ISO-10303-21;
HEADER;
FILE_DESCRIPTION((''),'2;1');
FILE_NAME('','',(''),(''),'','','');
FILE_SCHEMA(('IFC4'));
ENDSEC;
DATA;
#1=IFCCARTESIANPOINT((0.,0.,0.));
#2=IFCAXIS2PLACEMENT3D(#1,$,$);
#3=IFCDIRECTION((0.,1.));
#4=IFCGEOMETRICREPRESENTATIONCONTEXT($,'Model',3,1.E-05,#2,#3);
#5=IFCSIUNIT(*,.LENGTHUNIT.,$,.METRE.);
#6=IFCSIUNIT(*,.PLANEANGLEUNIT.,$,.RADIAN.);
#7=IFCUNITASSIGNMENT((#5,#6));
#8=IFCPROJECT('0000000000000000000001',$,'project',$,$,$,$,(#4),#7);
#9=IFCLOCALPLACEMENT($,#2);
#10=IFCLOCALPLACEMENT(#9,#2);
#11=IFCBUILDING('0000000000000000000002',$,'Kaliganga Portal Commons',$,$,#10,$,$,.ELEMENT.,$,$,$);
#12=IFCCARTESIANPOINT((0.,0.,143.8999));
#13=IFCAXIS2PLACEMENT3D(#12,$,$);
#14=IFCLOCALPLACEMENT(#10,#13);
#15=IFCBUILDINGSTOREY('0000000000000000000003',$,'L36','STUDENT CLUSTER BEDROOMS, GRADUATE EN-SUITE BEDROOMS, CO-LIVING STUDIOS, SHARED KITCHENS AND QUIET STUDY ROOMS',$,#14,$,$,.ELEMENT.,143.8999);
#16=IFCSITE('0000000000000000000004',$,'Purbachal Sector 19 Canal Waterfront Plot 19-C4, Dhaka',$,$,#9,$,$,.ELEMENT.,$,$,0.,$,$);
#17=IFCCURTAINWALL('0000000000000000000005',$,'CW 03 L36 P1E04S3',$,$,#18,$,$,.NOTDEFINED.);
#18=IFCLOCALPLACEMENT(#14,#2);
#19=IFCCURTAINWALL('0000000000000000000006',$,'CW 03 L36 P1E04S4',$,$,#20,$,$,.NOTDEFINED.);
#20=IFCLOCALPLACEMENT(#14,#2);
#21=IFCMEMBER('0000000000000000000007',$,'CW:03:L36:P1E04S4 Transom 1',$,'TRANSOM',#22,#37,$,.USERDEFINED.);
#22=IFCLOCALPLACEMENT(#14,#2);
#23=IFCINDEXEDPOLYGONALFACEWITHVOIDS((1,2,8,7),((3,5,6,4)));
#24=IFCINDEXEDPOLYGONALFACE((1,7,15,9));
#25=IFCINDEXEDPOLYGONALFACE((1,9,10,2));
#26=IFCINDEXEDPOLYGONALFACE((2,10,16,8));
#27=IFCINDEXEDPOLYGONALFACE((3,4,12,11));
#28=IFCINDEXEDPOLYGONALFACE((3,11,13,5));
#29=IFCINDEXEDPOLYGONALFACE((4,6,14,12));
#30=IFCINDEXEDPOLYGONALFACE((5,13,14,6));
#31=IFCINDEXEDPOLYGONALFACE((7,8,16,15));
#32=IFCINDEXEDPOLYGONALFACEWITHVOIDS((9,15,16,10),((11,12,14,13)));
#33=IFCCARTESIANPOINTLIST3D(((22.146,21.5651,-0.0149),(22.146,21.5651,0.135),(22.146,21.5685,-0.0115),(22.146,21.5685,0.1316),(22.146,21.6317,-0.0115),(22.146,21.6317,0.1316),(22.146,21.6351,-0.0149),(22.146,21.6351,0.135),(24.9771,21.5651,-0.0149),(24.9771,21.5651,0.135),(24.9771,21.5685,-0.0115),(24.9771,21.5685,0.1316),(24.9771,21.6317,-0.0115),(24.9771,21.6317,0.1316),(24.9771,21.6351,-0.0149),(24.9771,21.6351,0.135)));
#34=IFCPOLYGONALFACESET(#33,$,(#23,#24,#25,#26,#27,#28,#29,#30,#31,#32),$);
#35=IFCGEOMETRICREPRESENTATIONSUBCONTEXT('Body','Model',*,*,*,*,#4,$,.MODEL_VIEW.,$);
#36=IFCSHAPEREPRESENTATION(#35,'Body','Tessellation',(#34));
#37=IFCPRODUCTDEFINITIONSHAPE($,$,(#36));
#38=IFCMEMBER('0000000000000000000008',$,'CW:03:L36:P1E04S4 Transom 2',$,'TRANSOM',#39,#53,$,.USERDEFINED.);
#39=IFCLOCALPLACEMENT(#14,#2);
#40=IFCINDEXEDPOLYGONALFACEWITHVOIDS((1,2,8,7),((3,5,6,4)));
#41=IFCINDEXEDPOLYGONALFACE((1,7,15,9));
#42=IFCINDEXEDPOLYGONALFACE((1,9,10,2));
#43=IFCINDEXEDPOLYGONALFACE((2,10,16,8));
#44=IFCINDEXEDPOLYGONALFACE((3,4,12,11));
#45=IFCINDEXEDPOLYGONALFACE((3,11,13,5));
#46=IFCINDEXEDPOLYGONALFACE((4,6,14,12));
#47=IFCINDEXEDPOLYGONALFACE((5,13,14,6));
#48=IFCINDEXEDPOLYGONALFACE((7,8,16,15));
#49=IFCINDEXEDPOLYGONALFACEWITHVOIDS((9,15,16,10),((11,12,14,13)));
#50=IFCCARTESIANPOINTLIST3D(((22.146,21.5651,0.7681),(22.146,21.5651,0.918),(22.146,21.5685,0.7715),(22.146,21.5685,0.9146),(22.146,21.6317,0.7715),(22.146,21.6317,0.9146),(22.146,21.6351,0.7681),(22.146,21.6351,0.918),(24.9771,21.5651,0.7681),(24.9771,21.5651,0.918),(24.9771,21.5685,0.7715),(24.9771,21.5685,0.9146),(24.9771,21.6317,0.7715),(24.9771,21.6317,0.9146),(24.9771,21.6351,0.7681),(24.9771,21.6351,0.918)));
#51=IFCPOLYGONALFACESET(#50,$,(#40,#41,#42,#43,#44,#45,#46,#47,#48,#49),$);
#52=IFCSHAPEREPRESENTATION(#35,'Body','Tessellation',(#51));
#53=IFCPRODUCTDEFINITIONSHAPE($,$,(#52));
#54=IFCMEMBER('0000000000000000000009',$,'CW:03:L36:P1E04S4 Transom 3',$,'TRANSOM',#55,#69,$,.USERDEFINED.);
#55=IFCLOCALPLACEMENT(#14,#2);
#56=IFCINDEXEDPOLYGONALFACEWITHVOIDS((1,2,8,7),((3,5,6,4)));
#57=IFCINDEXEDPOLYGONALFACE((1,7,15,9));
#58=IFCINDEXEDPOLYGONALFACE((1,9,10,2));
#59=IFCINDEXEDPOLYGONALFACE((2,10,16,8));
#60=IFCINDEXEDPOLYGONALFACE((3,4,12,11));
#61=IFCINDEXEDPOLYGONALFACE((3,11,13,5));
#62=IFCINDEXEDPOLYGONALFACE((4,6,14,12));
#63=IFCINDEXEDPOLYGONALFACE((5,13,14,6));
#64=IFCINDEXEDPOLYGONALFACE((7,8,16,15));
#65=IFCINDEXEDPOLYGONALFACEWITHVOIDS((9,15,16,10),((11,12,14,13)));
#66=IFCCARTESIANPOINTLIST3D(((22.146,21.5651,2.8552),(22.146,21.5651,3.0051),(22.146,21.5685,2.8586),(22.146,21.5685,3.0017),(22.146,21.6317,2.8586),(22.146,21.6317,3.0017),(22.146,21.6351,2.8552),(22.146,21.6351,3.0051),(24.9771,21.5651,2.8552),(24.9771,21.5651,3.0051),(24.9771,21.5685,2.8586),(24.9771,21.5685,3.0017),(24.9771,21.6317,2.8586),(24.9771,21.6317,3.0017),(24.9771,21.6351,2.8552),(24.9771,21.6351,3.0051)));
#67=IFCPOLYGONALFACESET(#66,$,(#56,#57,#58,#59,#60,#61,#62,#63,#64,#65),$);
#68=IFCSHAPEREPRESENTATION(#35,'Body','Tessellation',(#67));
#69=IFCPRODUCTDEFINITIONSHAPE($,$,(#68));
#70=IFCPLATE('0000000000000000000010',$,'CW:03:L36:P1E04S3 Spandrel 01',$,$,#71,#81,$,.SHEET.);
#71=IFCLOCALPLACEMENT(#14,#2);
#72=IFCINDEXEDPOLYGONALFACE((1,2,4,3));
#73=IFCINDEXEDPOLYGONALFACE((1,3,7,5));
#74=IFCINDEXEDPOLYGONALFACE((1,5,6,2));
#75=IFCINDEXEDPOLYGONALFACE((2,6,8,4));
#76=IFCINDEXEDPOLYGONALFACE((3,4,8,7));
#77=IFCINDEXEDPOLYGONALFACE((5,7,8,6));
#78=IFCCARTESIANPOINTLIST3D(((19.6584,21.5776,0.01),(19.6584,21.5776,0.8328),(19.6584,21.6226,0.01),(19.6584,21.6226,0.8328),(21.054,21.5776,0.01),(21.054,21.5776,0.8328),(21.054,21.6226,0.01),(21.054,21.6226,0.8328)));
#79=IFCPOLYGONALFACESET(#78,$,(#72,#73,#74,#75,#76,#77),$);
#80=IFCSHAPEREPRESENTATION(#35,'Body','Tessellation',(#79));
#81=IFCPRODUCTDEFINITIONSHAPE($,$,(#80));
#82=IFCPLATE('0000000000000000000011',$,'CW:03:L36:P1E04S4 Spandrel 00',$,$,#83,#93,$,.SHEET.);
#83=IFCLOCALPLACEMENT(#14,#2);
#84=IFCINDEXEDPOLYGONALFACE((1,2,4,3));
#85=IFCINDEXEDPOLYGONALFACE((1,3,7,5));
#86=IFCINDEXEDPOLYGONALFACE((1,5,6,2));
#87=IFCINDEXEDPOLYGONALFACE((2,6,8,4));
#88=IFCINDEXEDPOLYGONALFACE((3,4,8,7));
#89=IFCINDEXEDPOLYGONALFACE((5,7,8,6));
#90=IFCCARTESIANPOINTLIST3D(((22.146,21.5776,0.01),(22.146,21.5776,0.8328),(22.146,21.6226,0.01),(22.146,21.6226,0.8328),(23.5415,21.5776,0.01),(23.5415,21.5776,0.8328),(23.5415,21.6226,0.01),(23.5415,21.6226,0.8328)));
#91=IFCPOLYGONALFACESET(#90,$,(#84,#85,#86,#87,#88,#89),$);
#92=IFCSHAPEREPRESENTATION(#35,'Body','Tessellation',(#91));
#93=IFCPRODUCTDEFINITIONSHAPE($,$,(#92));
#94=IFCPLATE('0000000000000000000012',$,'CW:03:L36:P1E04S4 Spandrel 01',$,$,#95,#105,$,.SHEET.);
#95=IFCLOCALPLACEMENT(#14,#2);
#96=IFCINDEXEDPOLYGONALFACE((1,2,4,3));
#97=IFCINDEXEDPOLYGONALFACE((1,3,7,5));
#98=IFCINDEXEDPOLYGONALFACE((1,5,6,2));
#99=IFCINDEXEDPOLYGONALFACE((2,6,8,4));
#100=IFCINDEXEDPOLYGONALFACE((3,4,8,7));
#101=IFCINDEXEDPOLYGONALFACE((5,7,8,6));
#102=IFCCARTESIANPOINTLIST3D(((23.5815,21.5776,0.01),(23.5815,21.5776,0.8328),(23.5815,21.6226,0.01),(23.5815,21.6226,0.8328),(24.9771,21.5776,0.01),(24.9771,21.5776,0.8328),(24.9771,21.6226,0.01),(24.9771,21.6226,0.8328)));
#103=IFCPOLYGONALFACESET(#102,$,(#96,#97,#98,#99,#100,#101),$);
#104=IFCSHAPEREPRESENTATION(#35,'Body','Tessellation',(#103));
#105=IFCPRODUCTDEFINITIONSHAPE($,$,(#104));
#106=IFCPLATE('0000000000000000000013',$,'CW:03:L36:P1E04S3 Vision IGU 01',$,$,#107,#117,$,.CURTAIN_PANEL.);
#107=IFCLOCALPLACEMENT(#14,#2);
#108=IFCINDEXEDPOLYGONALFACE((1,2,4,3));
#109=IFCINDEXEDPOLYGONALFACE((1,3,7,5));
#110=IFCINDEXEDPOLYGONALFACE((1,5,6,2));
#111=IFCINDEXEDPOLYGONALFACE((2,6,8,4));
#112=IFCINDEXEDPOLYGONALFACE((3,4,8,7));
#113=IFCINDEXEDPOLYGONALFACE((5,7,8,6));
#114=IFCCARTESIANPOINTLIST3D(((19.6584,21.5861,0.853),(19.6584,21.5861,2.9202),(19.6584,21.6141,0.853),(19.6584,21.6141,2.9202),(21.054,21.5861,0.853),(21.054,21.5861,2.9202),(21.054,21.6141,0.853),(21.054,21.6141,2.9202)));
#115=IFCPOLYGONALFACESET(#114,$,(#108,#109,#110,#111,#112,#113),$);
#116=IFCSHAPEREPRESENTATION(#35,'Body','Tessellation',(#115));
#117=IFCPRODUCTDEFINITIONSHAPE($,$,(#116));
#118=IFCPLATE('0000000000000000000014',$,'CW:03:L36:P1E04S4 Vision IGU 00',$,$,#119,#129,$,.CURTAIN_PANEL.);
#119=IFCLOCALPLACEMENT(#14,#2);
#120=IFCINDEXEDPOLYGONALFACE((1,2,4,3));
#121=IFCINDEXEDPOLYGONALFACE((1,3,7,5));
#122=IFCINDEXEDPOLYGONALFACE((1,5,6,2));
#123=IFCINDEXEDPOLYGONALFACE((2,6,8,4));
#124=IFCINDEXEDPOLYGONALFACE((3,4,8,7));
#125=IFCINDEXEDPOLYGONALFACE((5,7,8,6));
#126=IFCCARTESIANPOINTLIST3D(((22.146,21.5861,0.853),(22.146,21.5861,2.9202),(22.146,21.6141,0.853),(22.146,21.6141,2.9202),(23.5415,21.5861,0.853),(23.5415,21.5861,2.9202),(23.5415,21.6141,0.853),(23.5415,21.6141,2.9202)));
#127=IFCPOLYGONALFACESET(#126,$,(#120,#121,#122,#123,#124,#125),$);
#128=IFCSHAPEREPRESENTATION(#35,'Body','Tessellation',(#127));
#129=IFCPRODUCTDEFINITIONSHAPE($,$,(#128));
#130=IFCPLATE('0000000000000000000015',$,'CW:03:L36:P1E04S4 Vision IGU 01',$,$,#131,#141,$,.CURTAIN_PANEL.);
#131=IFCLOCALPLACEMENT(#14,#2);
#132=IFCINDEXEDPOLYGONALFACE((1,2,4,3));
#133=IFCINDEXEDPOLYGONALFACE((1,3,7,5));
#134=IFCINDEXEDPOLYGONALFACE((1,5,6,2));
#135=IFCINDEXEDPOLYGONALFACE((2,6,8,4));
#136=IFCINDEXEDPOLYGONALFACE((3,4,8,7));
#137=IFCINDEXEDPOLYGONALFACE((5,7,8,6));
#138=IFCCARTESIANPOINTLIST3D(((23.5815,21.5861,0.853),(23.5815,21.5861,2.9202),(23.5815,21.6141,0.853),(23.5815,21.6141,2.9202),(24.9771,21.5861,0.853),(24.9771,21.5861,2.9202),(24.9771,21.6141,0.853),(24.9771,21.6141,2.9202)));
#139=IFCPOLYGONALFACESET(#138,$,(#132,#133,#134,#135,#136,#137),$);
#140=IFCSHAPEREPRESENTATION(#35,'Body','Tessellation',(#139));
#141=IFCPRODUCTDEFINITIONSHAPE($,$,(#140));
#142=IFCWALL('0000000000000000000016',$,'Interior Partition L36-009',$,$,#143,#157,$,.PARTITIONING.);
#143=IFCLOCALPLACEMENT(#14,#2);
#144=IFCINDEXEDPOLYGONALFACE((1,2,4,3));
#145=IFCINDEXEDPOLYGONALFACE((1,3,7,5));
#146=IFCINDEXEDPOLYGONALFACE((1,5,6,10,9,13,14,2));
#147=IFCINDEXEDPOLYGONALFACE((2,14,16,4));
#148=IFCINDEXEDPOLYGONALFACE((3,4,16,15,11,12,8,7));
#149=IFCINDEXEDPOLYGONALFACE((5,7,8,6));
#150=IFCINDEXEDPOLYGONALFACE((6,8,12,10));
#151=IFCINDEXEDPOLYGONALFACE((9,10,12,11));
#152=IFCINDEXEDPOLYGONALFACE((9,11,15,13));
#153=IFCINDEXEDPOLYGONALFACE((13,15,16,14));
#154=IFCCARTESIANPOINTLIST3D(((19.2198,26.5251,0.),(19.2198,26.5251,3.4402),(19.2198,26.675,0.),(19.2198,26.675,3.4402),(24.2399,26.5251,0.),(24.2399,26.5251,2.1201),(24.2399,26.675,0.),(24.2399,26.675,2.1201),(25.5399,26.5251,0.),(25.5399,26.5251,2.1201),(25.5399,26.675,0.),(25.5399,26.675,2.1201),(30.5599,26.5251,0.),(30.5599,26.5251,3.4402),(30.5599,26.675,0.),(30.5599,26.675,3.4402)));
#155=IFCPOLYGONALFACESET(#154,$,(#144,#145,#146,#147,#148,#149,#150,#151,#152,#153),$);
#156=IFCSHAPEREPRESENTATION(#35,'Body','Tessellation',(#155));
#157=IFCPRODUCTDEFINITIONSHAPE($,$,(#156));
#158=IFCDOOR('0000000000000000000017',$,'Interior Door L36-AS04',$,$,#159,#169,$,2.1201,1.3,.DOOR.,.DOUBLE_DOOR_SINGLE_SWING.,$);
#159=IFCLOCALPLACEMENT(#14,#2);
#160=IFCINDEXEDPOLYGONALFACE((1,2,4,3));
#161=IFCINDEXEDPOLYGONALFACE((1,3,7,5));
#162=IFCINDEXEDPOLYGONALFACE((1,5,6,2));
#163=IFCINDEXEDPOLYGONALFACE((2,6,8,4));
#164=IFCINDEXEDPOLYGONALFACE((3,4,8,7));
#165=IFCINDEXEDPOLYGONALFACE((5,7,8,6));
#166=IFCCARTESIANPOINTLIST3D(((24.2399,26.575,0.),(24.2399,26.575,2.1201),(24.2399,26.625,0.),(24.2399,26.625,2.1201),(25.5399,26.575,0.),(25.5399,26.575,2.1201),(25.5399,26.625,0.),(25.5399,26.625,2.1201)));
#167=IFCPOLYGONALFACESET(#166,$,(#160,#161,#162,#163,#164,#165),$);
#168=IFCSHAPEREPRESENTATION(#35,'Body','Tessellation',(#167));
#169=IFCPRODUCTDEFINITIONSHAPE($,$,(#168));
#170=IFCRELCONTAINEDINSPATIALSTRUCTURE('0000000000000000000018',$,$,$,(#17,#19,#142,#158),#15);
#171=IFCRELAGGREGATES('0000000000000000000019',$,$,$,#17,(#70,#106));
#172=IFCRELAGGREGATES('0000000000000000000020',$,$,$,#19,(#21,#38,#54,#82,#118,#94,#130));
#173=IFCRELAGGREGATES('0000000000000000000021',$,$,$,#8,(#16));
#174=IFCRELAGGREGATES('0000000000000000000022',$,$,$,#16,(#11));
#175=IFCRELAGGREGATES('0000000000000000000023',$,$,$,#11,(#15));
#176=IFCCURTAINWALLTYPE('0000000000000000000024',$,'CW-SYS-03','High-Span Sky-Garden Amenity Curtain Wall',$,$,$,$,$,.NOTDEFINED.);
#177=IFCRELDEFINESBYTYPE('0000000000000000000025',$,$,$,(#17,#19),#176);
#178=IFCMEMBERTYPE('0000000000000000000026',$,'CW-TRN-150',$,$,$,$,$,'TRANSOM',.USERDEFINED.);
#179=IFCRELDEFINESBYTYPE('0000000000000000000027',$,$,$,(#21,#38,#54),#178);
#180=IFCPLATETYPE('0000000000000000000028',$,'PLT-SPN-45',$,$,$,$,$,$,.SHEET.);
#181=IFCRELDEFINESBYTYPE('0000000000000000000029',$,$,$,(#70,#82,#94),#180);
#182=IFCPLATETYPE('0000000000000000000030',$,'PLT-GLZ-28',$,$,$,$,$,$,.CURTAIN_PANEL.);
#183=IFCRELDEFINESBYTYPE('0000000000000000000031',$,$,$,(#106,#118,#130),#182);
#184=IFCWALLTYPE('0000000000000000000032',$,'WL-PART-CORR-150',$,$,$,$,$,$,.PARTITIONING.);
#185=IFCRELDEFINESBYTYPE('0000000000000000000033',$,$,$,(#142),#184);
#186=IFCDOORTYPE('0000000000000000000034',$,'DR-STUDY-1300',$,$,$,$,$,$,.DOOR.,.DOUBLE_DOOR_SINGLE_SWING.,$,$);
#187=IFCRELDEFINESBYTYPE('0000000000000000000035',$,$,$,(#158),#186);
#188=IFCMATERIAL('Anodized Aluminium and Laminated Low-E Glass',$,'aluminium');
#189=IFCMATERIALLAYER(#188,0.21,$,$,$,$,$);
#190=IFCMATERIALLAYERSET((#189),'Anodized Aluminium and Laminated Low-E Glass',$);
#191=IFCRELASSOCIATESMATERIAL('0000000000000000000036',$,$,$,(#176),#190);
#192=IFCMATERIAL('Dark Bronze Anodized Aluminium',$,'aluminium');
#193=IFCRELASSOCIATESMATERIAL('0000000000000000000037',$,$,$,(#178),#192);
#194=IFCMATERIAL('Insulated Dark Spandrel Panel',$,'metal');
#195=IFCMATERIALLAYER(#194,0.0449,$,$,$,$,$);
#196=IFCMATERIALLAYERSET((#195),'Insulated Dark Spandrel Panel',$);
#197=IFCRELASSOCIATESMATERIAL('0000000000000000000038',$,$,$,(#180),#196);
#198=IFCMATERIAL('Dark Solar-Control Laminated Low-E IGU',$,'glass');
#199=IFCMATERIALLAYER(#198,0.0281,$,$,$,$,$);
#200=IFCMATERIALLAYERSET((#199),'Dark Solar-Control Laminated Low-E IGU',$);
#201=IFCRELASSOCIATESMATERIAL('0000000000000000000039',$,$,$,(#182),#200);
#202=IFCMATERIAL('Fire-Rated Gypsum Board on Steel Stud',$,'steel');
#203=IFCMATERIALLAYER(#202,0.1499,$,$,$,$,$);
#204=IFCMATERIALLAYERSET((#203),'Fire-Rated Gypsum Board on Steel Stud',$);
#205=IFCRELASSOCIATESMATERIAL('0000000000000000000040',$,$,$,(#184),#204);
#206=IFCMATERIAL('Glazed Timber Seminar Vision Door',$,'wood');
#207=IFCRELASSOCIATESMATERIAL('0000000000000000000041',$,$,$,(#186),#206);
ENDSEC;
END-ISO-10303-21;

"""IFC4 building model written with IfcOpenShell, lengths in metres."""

from ifc_helpers import new_model, si_unit, direction, frame, frame_2d, origin, origin_2d, place, context, subcontext, project, spatial, rectangle, hollow_rectangle, extrude, source, transform, mapped, material, layer, layer_set, material_profile, profile_set, type_object, element, fill, aggregate, save


model = new_model("IFC4")

# Units and contexts
model_context = context("Model", 3, precision=1e-05, world=origin(), true_north=direction((0.0, 1.0)))
body_context = subcontext(model_context, "Body", "Model", "MODEL_VIEW")
ifc_project = project(units=[si_unit("LENGTHUNIT", "METRE"), si_unit("PLANEANGLEUNIT", "RADIAN")], contexts=[model_context])

# Site, building, storey
site_placement = place(None, origin())
site = spatial("IfcSite", under=ifc_project, at=site_placement, Name="Purbachal Sector 19 Canal Waterfront Plot 19-C4, Dhaka", CompositionType="ELEMENT", RefElevation=0.0)
building_placement = place(site_placement, origin())
building = spatial("IfcBuilding", under=site, at=building_placement, Name="Kaliganga Portal Commons", CompositionType="ELEMENT")
storey_placement = place(building_placement, frame((0.0, 0.0, 143.8999)))
storey = spatial("IfcBuildingStorey", under=building, at=storey_placement, Name="L36", Description="STUDENT CLUSTER BEDROOMS, GRADUATE EN-SUITE BEDROOMS, CO-LIVING STUDIOS, SHARED KITCHENS AND QUIET STUDY ROOMS", CompositionType="ELEMENT", Elevation=143.8999)

# Curtain walls, members
ifc_material_1 = material(Name="Anodized Aluminium and Laminated Low-E Glass", Category="aluminium")
ifc_layer_1 = layer(ifc_material_1, 0.21)
ifc_layer_set_1 = layer_set([ifc_layer_1], Name="Anodized Aluminium and Laminated Low-E Glass")
curtain_wall_type = type_object("IfcCurtainWallType", Name="CW-SYS-03", Description="High-Span Sky-Garden Amenity Curtain Wall", PredefinedType="NOTDEFINED", material=ifc_layer_set_1)
curtain_wall_1_placement = place(storey_placement, origin())
curtain_wall_1 = element("IfcCurtainWall", 1, at=curtain_wall_1_placement, inside=storey, type_object=curtain_wall_type, Name="CW 03 L36 P1E04S3", PredefinedType="NOTDEFINED")
ifc_material_2 = material(Name="Dark Bronze Anodized Aluminium", Category="aluminium")
curtain_wall_2_placement = place(storey_placement, origin())
curtain_wall_2 = element("IfcCurtainWall", 2, at=curtain_wall_2_placement, inside=storey, type_object=curtain_wall_type, Name="CW 03 L36 P1E04S4", PredefinedType="NOTDEFINED")
ifc_material_profile_1 = material_profile(ifc_material_2, hollow_rectangle(XDim=0.0701, YDim=0.1499, WallThickness=0.0034, at=origin_2d()), Name="ALU TRAN 70x150x3.5")
ifc_profile_set_1 = profile_set([ifc_material_profile_1], Name="Dark Bronze Anodized Aluminium")
member_type_1 = type_object("IfcMemberType", Name="CW-TRN-150", ElementType="TRANSOM", PredefinedType="USERDEFINED", material=ifc_profile_set_1)
shared_shape_1 = source(origin(), body_context, "Body", "SweptSolid", [
    extrude(hollow_rectangle(XDim=0.0701, YDim=0.1499, WallThickness=0.0034, at=origin_2d()), origin(), (0.0, 0.0, 1.0), 2.8311),
])
member_1_placement = place(storey_placement, frame((22.146, 21.6001, 0.0601), z_axis=(1.0, 0.0, 0.0), x_axis=(0.0, 1.0, 0.0)))
member_1 = element("IfcMember", 3, at=member_1_placement, type_object=member_type_1, Name="CW:03:L36:P1E04S4 Transom 1", ObjectType="TRANSOM", PredefinedType="USERDEFINED", context=body_context, shape_type="MappedRepresentation", body=[
    mapped(shared_shape_1, transform((0.0, 0.0, 0.0), x_axis=(1.0, 0.0, 0.0), y_axis=(0.0, 1.0, 0.0), z_axis=(0.0, 0.0, 1.0), scale=1.0)),
])
member_2_placement = place(storey_placement, frame((22.146, 21.6001, 0.843), z_axis=(1.0, 0.0, 0.0), x_axis=(0.0, 1.0, 0.0)))
member_2 = element("IfcMember", 4, at=member_2_placement, type_object=member_type_1, Name="CW:03:L36:P1E04S4 Transom 2", ObjectType="TRANSOM", PredefinedType="USERDEFINED", context=body_context, shape_type="MappedRepresentation", body=[
    mapped(shared_shape_1, transform((0.0, 0.0, 0.0), x_axis=(1.0, 0.0, 0.0), y_axis=(0.0, 1.0, 0.0), z_axis=(0.0, 0.0, 1.0), scale=1.0)),
])
member_3_placement = place(storey_placement, frame((22.146, 21.6001, 2.9302), z_axis=(1.0, 0.0, 0.0), x_axis=(0.0, 1.0, 0.0)))
member_3 = element("IfcMember", 5, at=member_3_placement, type_object=member_type_1, Name="CW:03:L36:P1E04S4 Transom 3", ObjectType="TRANSOM", PredefinedType="USERDEFINED", context=body_context, shape_type="MappedRepresentation", body=[
    mapped(shared_shape_1, transform((0.0, 0.0, 0.0), x_axis=(1.0, 0.0, 0.0), y_axis=(0.0, 1.0, 0.0), z_axis=(0.0, 0.0, 1.0), scale=1.0)),
])

# Plates
ifc_material_3 = material(Name="Insulated Dark Spandrel Panel", Category="metal")
ifc_layer_2 = layer(ifc_material_3, 0.0449)
ifc_layer_set_2 = layer_set([ifc_layer_2], Name="Insulated Dark Spandrel Panel")
plate_type_1 = type_object("IfcPlateType", Name="PLT-SPN-45", PredefinedType="SHEET", material=ifc_layer_set_2)
shared_shape_2 = source(origin(), body_context, "Body", "SweptSolid", [
    extrude(rectangle(XDim=1.3955, YDim=0.0449, at=origin_2d()), origin(), (0.0, 0.0, 1.0), 0.8228),
])
plate_1_placement = place(storey_placement, frame((20.3562, 21.6001, 0.01), z_axis=(0.0, 0.0, 1.0), x_axis=(1.0, 0.0, 0.0)))
plate_1 = element("IfcPlate", 6, at=plate_1_placement, type_object=plate_type_1, Name="CW:03:L36:P1E04S3 Spandrel 01", PredefinedType="SHEET", context=body_context, shape_type="MappedRepresentation", body=[
    mapped(shared_shape_2, transform((0.0, 0.0, 0.0), x_axis=(1.0, 0.0, 0.0), y_axis=(0.0, 1.0, 0.0), z_axis=(0.0, 0.0, 1.0), scale=1.0)),
])
plate_2_placement = place(storey_placement, frame((22.8438, 21.6001, 0.01), z_axis=(0.0, 0.0, 1.0), x_axis=(1.0, 0.0, 0.0)))
plate_2 = element("IfcPlate", 7, at=plate_2_placement, type_object=plate_type_1, Name="CW:03:L36:P1E04S4 Spandrel 00", PredefinedType="SHEET", context=body_context, shape_type="MappedRepresentation", body=[
    mapped(shared_shape_2, transform((0.0, 0.0, 0.0), x_axis=(1.0, 0.0, 0.0), y_axis=(0.0, 1.0, 0.0), z_axis=(0.0, 0.0, 1.0), scale=1.0)),
])
plate_3_placement = place(storey_placement, frame((24.2793, 21.6001, 0.01), z_axis=(0.0, 0.0, 1.0), x_axis=(1.0, 0.0, 0.0)))
plate_3 = element("IfcPlate", 8, at=plate_3_placement, type_object=plate_type_1, Name="CW:03:L36:P1E04S4 Spandrel 01", PredefinedType="SHEET", context=body_context, shape_type="MappedRepresentation", body=[
    mapped(shared_shape_2, transform((0.0, 0.0, 0.0), x_axis=(1.0, 0.0, 0.0), y_axis=(0.0, 1.0, 0.0), z_axis=(0.0, 0.0, 1.0), scale=1.0)),
])
ifc_material_4 = material(Name="Dark Solar-Control Laminated Low-E IGU", Category="glass")
ifc_layer_3 = layer(ifc_material_4, 0.0281)
ifc_layer_set_3 = layer_set([ifc_layer_3], Name="Dark Solar-Control Laminated Low-E IGU")
plate_type_2 = type_object("IfcPlateType", Name="PLT-GLZ-28", PredefinedType="CURTAIN_PANEL", material=ifc_layer_set_3)
shared_shape_3 = source(origin(), body_context, "Body", "SweptSolid", [
    extrude(rectangle(XDim=1.3955, YDim=0.0281, at=origin_2d()), origin(), (0.0, 0.0, 1.0), 2.0671),
])
plate_4_placement = place(storey_placement, frame((20.3562, 21.6001, 0.853), z_axis=(0.0, 0.0, 1.0), x_axis=(1.0, 0.0, 0.0)))
plate_4 = element("IfcPlate", 9, at=plate_4_placement, type_object=plate_type_2, Name="CW:03:L36:P1E04S3 Vision IGU 01", PredefinedType="CURTAIN_PANEL", context=body_context, shape_type="MappedRepresentation", body=[
    mapped(shared_shape_3, transform((0.0, 0.0, 0.0), x_axis=(1.0, 0.0, 0.0), y_axis=(0.0, 1.0, 0.0), z_axis=(0.0, 0.0, 1.0), scale=1.0)),
])
aggregate(curtain_wall_1, [plate_1, plate_4])
plate_5_placement = place(storey_placement, frame((22.8438, 21.6001, 0.853), z_axis=(0.0, 0.0, 1.0), x_axis=(1.0, 0.0, 0.0)))
plate_5 = element("IfcPlate", 10, at=plate_5_placement, type_object=plate_type_2, Name="CW:03:L36:P1E04S4 Vision IGU 00", PredefinedType="CURTAIN_PANEL", context=body_context, shape_type="MappedRepresentation", body=[
    mapped(shared_shape_3, transform((0.0, 0.0, 0.0), x_axis=(1.0, 0.0, 0.0), y_axis=(0.0, 1.0, 0.0), z_axis=(0.0, 0.0, 1.0), scale=1.0)),
])
plate_6_placement = place(storey_placement, frame((24.2793, 21.6001, 0.853), z_axis=(0.0, 0.0, 1.0), x_axis=(1.0, 0.0, 0.0)))
plate_6 = element("IfcPlate", 11, at=plate_6_placement, type_object=plate_type_2, Name="CW:03:L36:P1E04S4 Vision IGU 01", PredefinedType="CURTAIN_PANEL", context=body_context, shape_type="MappedRepresentation", body=[
    mapped(shared_shape_3, transform((0.0, 0.0, 0.0), x_axis=(1.0, 0.0, 0.0), y_axis=(0.0, 1.0, 0.0), z_axis=(0.0, 0.0, 1.0), scale=1.0)),
])
aggregate(curtain_wall_2, [member_1, member_2, member_3, plate_2, plate_5, plate_3, plate_6])

# Wall, opening, door
ifc_material_5 = material(Name="Fire-Rated Gypsum Board on Steel Stud", Category="steel")
ifc_layer_4 = layer(ifc_material_5, 0.1499)
ifc_layer_set_4 = layer_set([ifc_layer_4], Name="Fire-Rated Gypsum Board on Steel Stud")
wall_type = type_object("IfcWallType", Name="WL-PART-CORR-150", PredefinedType="PARTITIONING", material=ifc_layer_set_4)
wall_placement = place(storey_placement, frame((19.22, 26.6001, 0.0), z_axis=(0.0, 0.0, 1.0), x_axis=(1.0, 0.0, 0.0)))
wall = element("IfcWall", 12, at=wall_placement, inside=storey, type_object=wall_type, Name="Interior Partition L36-009", PredefinedType="PARTITIONING", context=body_context, shape_type="SweptSolid", body=[
    extrude(rectangle(XDim=11.3401, YDim=0.1499, at=frame_2d((5.6699, 0.0))), origin(), (0.0, 0.0, 1.0), 3.4402),
])
opening_placement = place(wall_placement, frame((5.02, 0.0, 0.0)))
opening = element("IfcOpeningElement", 13, at=opening_placement, cuts=wall, PredefinedType="OPENING", context=body_context, shape_type="SweptSolid", body=[
    extrude(rectangle(XDim=1.3, YDim=2.1201, at=frame_2d((0.6499, 1.0601))), frame((0.0, 0.085, 0.0), z_axis=(0.0, -1.0, 0.0), x_axis=(1.0, 0.0, 0.0)), (0.0, 0.0, 1.0), 0.1699),
])
ifc_material_6 = material(Name="Glazed Timber Seminar Vision Door", Category="wood")
door_type = type_object("IfcDoorType", Name="DR-STUDY-1300", OperationType="DOUBLE_DOOR_SINGLE_SWING", PredefinedType="DOOR", material=ifc_material_6)
door_placement = place(opening_placement, origin())
door = element("IfcDoor", 14, at=door_placement, inside=storey, type_object=door_type, Name="Interior Door L36-AS04", OperationType="DOUBLE_DOOR_SINGLE_SWING", OverallHeight=2.1201, OverallWidth=1.3, PredefinedType="DOOR", context=body_context, shape_type="SweptSolid", body=[
    extrude(rectangle(XDim=1.3, YDim=2.1201, at=frame_2d((0.6499, 1.0601))), frame((0.0, 0.0249, 0.0), z_axis=(0.0, -1.0, 0.0), x_axis=(1.0, 0.0, 0.0)), (0.0, 0.0, 1.0), 0.05),
])
fill(opening, door)

save(model, "model.ifc")
